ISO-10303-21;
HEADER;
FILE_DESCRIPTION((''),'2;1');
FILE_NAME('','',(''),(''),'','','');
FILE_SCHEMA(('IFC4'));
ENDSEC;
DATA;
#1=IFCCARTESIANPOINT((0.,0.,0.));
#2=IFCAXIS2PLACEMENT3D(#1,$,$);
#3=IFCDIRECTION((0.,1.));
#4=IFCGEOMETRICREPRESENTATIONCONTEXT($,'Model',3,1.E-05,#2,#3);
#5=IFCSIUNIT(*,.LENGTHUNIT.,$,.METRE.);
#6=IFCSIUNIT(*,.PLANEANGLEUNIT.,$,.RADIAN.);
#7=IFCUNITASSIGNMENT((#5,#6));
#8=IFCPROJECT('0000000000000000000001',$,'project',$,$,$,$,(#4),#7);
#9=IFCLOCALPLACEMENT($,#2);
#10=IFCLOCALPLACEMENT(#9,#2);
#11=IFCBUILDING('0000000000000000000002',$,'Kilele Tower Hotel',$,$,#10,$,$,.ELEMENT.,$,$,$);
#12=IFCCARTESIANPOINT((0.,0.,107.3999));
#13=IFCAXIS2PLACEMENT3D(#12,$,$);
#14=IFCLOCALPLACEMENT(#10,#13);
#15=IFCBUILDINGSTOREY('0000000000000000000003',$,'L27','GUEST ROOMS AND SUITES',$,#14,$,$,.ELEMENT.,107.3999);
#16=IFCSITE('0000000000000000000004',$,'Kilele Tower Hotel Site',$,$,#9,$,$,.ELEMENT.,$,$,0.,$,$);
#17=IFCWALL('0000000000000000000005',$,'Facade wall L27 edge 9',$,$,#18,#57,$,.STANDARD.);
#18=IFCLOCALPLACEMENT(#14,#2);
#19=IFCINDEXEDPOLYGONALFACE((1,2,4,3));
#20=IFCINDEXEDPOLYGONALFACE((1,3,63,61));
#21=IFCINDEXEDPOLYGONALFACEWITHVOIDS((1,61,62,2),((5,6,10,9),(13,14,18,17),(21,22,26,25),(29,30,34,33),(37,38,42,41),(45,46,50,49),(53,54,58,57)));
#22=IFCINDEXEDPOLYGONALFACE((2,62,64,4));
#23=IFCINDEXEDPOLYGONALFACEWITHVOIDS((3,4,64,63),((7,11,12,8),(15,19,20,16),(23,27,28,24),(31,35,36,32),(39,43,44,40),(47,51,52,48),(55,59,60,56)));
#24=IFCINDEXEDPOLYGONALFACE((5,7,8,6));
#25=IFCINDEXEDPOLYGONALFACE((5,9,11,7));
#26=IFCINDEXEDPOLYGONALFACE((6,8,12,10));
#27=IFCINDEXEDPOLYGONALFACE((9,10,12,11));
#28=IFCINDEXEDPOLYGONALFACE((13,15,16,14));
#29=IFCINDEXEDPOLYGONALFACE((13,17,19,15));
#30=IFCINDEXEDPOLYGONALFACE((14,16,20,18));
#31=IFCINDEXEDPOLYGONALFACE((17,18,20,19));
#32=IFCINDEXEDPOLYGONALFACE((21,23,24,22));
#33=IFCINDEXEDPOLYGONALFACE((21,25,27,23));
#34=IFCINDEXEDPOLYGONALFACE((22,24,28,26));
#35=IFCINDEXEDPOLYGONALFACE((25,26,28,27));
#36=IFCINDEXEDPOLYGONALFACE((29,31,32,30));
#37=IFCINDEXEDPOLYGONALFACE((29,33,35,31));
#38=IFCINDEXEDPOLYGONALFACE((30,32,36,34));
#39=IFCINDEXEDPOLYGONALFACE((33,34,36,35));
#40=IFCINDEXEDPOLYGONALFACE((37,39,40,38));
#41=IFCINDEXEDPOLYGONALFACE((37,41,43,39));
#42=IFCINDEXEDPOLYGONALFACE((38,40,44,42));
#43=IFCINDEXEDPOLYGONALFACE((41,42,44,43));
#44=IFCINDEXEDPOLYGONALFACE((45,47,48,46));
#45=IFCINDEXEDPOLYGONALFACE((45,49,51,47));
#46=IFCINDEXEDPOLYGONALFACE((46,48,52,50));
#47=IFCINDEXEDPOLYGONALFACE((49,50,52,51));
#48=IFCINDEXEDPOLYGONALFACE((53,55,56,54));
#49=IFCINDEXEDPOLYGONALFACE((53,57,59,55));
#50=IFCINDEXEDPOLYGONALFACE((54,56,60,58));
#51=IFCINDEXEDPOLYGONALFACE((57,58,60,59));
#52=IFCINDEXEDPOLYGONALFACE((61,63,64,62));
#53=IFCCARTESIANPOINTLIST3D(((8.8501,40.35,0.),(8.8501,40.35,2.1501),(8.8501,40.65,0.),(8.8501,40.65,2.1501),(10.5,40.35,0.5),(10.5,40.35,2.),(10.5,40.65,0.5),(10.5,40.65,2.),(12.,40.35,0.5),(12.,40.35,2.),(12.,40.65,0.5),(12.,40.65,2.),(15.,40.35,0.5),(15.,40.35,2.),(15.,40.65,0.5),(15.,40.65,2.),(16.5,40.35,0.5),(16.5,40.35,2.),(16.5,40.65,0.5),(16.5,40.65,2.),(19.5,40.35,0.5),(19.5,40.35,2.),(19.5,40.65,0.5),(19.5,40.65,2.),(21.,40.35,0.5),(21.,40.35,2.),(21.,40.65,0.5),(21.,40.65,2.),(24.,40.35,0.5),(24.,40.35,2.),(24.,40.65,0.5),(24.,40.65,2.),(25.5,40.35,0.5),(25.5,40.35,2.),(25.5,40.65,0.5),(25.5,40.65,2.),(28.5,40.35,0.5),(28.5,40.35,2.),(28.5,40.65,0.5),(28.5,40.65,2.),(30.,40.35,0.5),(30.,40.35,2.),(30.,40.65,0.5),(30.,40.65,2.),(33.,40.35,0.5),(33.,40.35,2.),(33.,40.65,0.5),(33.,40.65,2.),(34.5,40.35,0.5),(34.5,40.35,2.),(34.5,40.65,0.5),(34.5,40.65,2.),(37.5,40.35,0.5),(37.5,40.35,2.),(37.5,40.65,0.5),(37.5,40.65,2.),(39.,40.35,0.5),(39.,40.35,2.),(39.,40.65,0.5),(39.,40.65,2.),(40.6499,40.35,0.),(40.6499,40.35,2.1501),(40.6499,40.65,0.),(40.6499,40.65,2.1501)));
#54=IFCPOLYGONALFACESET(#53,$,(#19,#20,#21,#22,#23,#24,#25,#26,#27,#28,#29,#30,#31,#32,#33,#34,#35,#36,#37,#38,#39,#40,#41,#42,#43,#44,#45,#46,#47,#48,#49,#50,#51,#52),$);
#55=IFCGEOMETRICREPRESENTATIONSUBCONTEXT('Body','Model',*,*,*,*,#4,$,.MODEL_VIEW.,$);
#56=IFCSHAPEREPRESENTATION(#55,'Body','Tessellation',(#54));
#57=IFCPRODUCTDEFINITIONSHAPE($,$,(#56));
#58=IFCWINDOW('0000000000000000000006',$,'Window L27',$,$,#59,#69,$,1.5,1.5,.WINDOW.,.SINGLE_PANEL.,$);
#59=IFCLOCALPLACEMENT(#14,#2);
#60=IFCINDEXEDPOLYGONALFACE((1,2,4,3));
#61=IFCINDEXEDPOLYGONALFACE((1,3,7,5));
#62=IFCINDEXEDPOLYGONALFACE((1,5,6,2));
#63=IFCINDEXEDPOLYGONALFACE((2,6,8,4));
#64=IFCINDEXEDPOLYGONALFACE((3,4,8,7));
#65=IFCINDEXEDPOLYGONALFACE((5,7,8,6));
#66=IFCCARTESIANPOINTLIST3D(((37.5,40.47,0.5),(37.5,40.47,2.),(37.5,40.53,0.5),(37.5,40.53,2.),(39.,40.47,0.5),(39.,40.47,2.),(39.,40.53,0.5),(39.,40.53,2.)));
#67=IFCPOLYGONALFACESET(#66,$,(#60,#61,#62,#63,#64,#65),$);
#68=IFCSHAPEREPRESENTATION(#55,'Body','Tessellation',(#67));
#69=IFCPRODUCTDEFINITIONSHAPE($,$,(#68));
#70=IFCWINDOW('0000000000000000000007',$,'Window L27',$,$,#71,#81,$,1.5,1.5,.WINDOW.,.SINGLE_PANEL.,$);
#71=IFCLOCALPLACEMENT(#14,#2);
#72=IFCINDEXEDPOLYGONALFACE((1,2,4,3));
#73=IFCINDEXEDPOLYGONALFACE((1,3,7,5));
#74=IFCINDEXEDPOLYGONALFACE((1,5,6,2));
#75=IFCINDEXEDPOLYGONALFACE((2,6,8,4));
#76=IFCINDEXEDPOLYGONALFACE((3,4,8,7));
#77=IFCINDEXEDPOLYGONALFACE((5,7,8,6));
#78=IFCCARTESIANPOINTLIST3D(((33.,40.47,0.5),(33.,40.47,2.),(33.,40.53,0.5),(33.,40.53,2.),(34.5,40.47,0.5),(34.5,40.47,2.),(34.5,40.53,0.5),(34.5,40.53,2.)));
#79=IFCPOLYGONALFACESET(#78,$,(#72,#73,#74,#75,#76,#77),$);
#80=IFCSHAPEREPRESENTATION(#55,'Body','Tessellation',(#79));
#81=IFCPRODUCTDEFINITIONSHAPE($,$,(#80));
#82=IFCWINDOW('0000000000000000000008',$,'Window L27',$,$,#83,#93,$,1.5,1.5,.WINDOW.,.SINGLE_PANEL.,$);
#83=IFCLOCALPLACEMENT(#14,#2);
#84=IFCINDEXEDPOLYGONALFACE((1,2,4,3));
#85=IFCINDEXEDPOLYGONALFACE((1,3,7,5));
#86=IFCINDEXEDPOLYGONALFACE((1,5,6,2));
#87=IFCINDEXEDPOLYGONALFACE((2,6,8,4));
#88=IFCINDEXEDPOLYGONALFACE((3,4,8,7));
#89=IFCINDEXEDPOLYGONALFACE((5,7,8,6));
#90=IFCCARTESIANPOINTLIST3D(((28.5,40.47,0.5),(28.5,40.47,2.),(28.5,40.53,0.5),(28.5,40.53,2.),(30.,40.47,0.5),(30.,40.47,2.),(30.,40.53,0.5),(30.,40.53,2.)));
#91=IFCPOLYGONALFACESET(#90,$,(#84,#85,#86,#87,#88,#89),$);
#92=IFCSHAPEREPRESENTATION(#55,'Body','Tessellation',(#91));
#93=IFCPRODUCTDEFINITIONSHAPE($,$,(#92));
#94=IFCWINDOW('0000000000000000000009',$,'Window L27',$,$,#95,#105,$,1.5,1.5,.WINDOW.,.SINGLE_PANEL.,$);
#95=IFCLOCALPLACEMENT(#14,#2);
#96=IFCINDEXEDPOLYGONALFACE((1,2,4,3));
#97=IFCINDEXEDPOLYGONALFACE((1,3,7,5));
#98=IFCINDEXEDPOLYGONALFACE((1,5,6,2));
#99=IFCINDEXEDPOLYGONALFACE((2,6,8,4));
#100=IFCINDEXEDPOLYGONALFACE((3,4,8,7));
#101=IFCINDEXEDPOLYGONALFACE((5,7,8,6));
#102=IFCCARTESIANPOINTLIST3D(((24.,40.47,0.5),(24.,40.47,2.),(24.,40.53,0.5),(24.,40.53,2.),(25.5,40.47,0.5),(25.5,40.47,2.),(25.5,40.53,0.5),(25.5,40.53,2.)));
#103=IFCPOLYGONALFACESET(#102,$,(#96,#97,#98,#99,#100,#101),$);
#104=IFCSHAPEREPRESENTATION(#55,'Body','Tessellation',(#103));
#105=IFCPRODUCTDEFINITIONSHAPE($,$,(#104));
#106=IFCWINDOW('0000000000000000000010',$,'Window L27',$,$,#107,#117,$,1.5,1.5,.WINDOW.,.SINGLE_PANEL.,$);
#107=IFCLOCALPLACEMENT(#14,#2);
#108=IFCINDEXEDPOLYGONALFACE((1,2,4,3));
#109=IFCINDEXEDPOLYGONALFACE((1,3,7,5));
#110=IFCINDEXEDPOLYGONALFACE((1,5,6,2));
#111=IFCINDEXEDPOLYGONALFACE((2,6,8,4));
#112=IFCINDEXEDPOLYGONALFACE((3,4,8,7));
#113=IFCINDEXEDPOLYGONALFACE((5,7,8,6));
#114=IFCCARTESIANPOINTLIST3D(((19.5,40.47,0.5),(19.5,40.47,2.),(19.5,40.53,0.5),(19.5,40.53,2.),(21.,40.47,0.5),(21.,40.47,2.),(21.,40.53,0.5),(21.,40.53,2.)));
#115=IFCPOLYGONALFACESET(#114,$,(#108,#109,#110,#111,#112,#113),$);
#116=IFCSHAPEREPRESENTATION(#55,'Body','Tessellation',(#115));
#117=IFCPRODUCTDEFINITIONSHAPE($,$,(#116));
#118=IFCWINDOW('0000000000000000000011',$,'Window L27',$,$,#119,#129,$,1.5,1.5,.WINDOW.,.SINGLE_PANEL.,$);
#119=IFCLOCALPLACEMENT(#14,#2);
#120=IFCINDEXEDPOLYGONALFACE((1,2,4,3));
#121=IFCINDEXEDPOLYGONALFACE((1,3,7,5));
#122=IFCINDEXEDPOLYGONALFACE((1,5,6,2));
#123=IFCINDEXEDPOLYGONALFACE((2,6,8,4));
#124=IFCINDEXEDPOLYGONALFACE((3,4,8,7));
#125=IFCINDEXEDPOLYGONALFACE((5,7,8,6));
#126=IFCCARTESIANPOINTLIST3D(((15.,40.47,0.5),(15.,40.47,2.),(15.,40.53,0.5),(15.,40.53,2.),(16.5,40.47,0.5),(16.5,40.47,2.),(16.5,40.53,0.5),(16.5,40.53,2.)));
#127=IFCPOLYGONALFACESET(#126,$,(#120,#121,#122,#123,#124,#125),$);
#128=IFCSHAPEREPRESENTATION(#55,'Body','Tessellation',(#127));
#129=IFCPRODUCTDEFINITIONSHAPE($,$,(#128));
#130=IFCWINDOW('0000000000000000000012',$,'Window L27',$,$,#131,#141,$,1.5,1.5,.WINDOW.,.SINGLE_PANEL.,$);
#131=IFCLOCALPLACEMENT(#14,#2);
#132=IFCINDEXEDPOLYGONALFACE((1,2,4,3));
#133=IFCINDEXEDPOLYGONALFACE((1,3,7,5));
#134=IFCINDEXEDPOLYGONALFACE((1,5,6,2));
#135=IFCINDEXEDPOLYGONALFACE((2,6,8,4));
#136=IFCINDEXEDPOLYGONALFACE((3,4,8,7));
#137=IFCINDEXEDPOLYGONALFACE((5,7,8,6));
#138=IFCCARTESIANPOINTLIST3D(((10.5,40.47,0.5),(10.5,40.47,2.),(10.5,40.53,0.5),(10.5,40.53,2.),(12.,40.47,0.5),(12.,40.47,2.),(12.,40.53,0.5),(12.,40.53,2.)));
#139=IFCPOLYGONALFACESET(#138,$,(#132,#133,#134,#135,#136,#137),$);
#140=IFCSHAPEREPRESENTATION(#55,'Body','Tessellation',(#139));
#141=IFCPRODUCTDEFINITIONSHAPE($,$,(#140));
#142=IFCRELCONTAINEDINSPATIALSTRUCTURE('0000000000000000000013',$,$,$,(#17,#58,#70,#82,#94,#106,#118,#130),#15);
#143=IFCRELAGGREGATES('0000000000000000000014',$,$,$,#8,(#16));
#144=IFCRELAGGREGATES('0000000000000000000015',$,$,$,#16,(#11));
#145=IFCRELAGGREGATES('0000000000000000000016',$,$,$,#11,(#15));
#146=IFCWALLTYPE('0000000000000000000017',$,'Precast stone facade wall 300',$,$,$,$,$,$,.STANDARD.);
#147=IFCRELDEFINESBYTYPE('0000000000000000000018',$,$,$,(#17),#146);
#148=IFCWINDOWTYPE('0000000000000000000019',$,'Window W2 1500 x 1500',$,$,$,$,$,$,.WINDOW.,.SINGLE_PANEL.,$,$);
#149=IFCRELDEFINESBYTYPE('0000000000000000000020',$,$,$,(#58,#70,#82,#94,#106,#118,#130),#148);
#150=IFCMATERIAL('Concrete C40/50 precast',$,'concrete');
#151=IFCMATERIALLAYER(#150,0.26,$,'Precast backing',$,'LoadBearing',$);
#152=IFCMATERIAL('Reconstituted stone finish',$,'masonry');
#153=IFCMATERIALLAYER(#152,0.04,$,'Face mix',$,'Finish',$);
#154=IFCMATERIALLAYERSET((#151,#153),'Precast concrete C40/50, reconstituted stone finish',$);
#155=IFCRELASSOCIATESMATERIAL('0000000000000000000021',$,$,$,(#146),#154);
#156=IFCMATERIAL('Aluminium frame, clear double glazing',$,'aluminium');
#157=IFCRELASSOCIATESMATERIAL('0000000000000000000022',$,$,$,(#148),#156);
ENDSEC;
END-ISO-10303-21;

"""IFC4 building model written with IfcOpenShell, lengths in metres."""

from ifc_helpers import new_model, si_unit, direction, frame, frame_2d, origin, place, context, subcontext, project, spatial, rectangle, extrude, material, layer, layer_set, type_object, element, fill, save


model = new_model("IFC4")

# Units and contexts
model_context = context("Model", 3, precision=1e-05, world=origin(), true_north=direction((0.0, 1.0)))
body_context = subcontext(model_context, "Body", "Model", "MODEL_VIEW")
ifc_project = project(units=[si_unit("LENGTHUNIT", "METRE"), si_unit("PLANEANGLEUNIT", "RADIAN")], contexts=[model_context])

# Site, building, storey
site_placement = place(None, origin())
site = spatial("IfcSite", under=ifc_project, at=site_placement, Name="Kilele Tower Hotel Site", CompositionType="ELEMENT", RefElevation=0.0)
building_placement = place(site_placement, origin())
building = spatial("IfcBuilding", under=site, at=building_placement, Name="Kilele Tower Hotel", CompositionType="ELEMENT")
storey_placement = place(building_placement, frame((0.0, 0.0, 107.3999)))
storey = spatial("IfcBuildingStorey", under=building, at=storey_placement, Name="L27", Description="GUEST ROOMS AND SUITES", CompositionType="ELEMENT", Elevation=107.3999)

# Shared definitions
ifc_material_1 = material(Name="Concrete C40/50 precast", Category="concrete")
ifc_layer_1 = layer(ifc_material_1, 0.26, Name="Precast backing", Category="LoadBearing")
ifc_material_2 = material(Name="Reconstituted stone finish", Category="masonry")
ifc_layer_2 = layer(ifc_material_2, 0.04, Name="Face mix", Category="Finish")
ifc_layer_set_1 = layer_set([ifc_layer_1, ifc_layer_2], Name="Precast concrete C40/50, reconstituted stone finish")
wall_type_1 = type_object("IfcWallType", Name="Precast stone facade wall 300", PredefinedType="STANDARD", material=ifc_layer_set_1)
ifc_material_3 = material(Name="Aluminium frame, clear double glazing", Category="aluminium")
window_type_1 = type_object("IfcWindowType", Name="Window W2 1500 x 1500", PartitioningType="SINGLE_PANEL", PredefinedType="WINDOW", material=ifc_material_3)

# Wall, openings, windows
wall_1_placement = place(storey_placement, frame((40.6499, 40.5, 0.0), z_axis=(0.0, 0.0, 1.0), x_axis=(-1.0, 0.0, 0.0)))
wall_1 = element("IfcWall", 1, at=wall_1_placement, inside=storey, type_object=wall_type_1, Name="Facade wall L27 edge 9", PredefinedType="STANDARD", context=body_context, shape_type="SweptSolid", body=[
    extrude(rectangle(XDim=31.7998, YDim=0.3, at=frame_2d((15.8999, 0.0))), origin(), (0.0, 0.0, 1.0), 2.1501),
])
opening_1_placement = place(wall_1_placement, frame((1.6499, 0.0, 0.5)))
opening_1 = element("IfcOpeningElement", 2, at=opening_1_placement, cuts=wall_1, PredefinedType="OPENING", context=body_context, shape_type="SweptSolid", body=[
    extrude(rectangle(XDim=1.5, YDim=1.5, at=frame_2d((0.75, 0.75))), frame((0.0, 0.1599, 0.0), z_axis=(0.0, -1.0, 0.0), x_axis=(1.0, 0.0, 0.0)), (0.0, 0.0, 1.0), 0.3201),
])
opening_2_placement = place(wall_1_placement, frame((6.1499, 0.0, 0.5)))
opening_2 = element("IfcOpeningElement", 3, at=opening_2_placement, cuts=wall_1, PredefinedType="OPENING", context=body_context, shape_type="SweptSolid", body=[
    extrude(rectangle(XDim=1.5, YDim=1.5, at=frame_2d((0.75, 0.75))), frame((0.0, 0.1599, 0.0), z_axis=(0.0, -1.0, 0.0), x_axis=(1.0, 0.0, 0.0)), (0.0, 0.0, 1.0), 0.3201),
])
opening_3_placement = place(wall_1_placement, frame((10.6499, 0.0, 0.5)))
opening_3 = element("IfcOpeningElement", 4, at=opening_3_placement, cuts=wall_1, PredefinedType="OPENING", context=body_context, shape_type="SweptSolid", body=[
    extrude(rectangle(XDim=1.5, YDim=1.5, at=frame_2d((0.75, 0.75))), frame((0.0, 0.1599, 0.0), z_axis=(0.0, -1.0, 0.0), x_axis=(1.0, 0.0, 0.0)), (0.0, 0.0, 1.0), 0.3201),
])
opening_4_placement = place(wall_1_placement, frame((15.1499, 0.0, 0.5)))
opening_4 = element("IfcOpeningElement", 5, at=opening_4_placement, cuts=wall_1, PredefinedType="OPENING", context=body_context, shape_type="SweptSolid", body=[
    extrude(rectangle(XDim=1.5, YDim=1.5, at=frame_2d((0.75, 0.75))), frame((0.0, 0.1599, 0.0), z_axis=(0.0, -1.0, 0.0), x_axis=(1.0, 0.0, 0.0)), (0.0, 0.0, 1.0), 0.3201),
])
opening_5_placement = place(wall_1_placement, frame((19.6499, 0.0, 0.5)))
opening_5 = element("IfcOpeningElement", 6, at=opening_5_placement, cuts=wall_1, PredefinedType="OPENING", context=body_context, shape_type="SweptSolid", body=[
    extrude(rectangle(XDim=1.5, YDim=1.5, at=frame_2d((0.75, 0.75))), frame((0.0, 0.1599, 0.0), z_axis=(0.0, -1.0, 0.0), x_axis=(1.0, 0.0, 0.0)), (0.0, 0.0, 1.0), 0.3201),
])
opening_6_placement = place(wall_1_placement, frame((24.1499, 0.0, 0.5)))
opening_6 = element("IfcOpeningElement", 7, at=opening_6_placement, cuts=wall_1, PredefinedType="OPENING", context=body_context, shape_type="SweptSolid", body=[
    extrude(rectangle(XDim=1.5, YDim=1.5, at=frame_2d((0.75, 0.75))), frame((0.0, 0.1599, 0.0), z_axis=(0.0, -1.0, 0.0), x_axis=(1.0, 0.0, 0.0)), (0.0, 0.0, 1.0), 0.3201),
])
opening_7_placement = place(wall_1_placement, frame((28.6499, 0.0, 0.5)))
opening_7 = element("IfcOpeningElement", 8, at=opening_7_placement, cuts=wall_1, PredefinedType="OPENING", context=body_context, shape_type="SweptSolid", body=[
    extrude(rectangle(XDim=1.5, YDim=1.5, at=frame_2d((0.75, 0.75))), frame((0.0, 0.1599, 0.0), z_axis=(0.0, -1.0, 0.0), x_axis=(1.0, 0.0, 0.0)), (0.0, 0.0, 1.0), 0.3201),
])
window_1_placement = place(opening_1_placement, origin())
window_1 = element("IfcWindow", 9, at=window_1_placement, inside=storey, type_object=window_type_1, Name="Window L27", OverallHeight=1.5, OverallWidth=1.5, PartitioningType="SINGLE_PANEL", PredefinedType="WINDOW", context=body_context, shape_type="SweptSolid", body=[
    extrude(rectangle(XDim=1.5, YDim=1.5, at=frame_2d((0.75, 0.75))), frame((0.0, 0.03, 0.0), z_axis=(0.0, -1.0, 0.0), x_axis=(1.0, 0.0, 0.0)), (0.0, 0.0, 1.0), 0.0601),
])
fill(opening_1, window_1)
window_2_placement = place(opening_2_placement, origin())
window_2 = element("IfcWindow", 10, at=window_2_placement, inside=storey, type_object=window_type_1, Name="Window L27", OverallHeight=1.5, OverallWidth=1.5, PartitioningType="SINGLE_PANEL", PredefinedType="WINDOW", context=body_context, shape_type="SweptSolid", body=[
    extrude(rectangle(XDim=1.5, YDim=1.5, at=frame_2d((0.75, 0.75))), frame((0.0, 0.03, 0.0), z_axis=(0.0, -1.0, 0.0), x_axis=(1.0, 0.0, 0.0)), (0.0, 0.0, 1.0), 0.0601),
])
fill(opening_2, window_2)
window_3_placement = place(opening_3_placement, origin())
window_3 = element("IfcWindow", 11, at=window_3_placement, inside=storey, type_object=window_type_1, Name="Window L27", OverallHeight=1.5, OverallWidth=1.5, PartitioningType="SINGLE_PANEL", PredefinedType="WINDOW", context=body_context, shape_type="SweptSolid", body=[
    extrude(rectangle(XDim=1.5, YDim=1.5, at=frame_2d((0.75, 0.75))), frame((0.0, 0.03, 0.0), z_axis=(0.0, -1.0, 0.0), x_axis=(1.0, 0.0, 0.0)), (0.0, 0.0, 1.0), 0.0601),
])
fill(opening_3, window_3)
window_4_placement = place(opening_4_placement, origin())
window_4 = element("IfcWindow", 12, at=window_4_placement, inside=storey, type_object=window_type_1, Name="Window L27", OverallHeight=1.5, OverallWidth=1.5, PartitioningType="SINGLE_PANEL", PredefinedType="WINDOW", context=body_context, shape_type="SweptSolid", body=[
    extrude(rectangle(XDim=1.5, YDim=1.5, at=frame_2d((0.75, 0.75))), frame((0.0, 0.03, 0.0), z_axis=(0.0, -1.0, 0.0), x_axis=(1.0, 0.0, 0.0)), (0.0, 0.0, 1.0), 0.0601),
])
fill(opening_4, window_4)
window_5_placement = place(opening_5_placement, origin())
window_5 = element("IfcWindow", 13, at=window_5_placement, inside=storey, type_object=window_type_1, Name="Window L27", OverallHeight=1.5, OverallWidth=1.5, PartitioningType="SINGLE_PANEL", PredefinedType="WINDOW", context=body_context, shape_type="SweptSolid", body=[
    extrude(rectangle(XDim=1.5, YDim=1.5, at=frame_2d((0.75, 0.75))), frame((0.0, 0.03, 0.0), z_axis=(0.0, -1.0, 0.0), x_axis=(1.0, 0.0, 0.0)), (0.0, 0.0, 1.0), 0.0601),
])
fill(opening_5, window_5)
window_6_placement = place(opening_6_placement, origin())
window_6 = element("IfcWindow", 14, at=window_6_placement, inside=storey, type_object=window_type_1, Name="Window L27", OverallHeight=1.5, OverallWidth=1.5, PartitioningType="SINGLE_PANEL", PredefinedType="WINDOW", context=body_context, shape_type="SweptSolid", body=[
    extrude(rectangle(XDim=1.5, YDim=1.5, at=frame_2d((0.75, 0.75))), frame((0.0, 0.03, 0.0), z_axis=(0.0, -1.0, 0.0), x_axis=(1.0, 0.0, 0.0)), (0.0, 0.0, 1.0), 0.0601),
])
fill(opening_6, window_6)
window_7_placement = place(opening_7_placement, origin())
window_7 = element("IfcWindow", 15, at=window_7_placement, inside=storey, type_object=window_type_1, Name="Window L27", OverallHeight=1.5, OverallWidth=1.5, PartitioningType="SINGLE_PANEL", PredefinedType="WINDOW", context=body_context, shape_type="SweptSolid", body=[
    extrude(rectangle(XDim=1.5, YDim=1.5, at=frame_2d((0.75, 0.75))), frame((0.0, 0.03, 0.0), z_axis=(0.0, -1.0, 0.0), x_axis=(1.0, 0.0, 0.0)), (0.0, 0.0, 1.0), 0.0601),
])
fill(opening_7, window_7)

save(model, "model.ifc")
